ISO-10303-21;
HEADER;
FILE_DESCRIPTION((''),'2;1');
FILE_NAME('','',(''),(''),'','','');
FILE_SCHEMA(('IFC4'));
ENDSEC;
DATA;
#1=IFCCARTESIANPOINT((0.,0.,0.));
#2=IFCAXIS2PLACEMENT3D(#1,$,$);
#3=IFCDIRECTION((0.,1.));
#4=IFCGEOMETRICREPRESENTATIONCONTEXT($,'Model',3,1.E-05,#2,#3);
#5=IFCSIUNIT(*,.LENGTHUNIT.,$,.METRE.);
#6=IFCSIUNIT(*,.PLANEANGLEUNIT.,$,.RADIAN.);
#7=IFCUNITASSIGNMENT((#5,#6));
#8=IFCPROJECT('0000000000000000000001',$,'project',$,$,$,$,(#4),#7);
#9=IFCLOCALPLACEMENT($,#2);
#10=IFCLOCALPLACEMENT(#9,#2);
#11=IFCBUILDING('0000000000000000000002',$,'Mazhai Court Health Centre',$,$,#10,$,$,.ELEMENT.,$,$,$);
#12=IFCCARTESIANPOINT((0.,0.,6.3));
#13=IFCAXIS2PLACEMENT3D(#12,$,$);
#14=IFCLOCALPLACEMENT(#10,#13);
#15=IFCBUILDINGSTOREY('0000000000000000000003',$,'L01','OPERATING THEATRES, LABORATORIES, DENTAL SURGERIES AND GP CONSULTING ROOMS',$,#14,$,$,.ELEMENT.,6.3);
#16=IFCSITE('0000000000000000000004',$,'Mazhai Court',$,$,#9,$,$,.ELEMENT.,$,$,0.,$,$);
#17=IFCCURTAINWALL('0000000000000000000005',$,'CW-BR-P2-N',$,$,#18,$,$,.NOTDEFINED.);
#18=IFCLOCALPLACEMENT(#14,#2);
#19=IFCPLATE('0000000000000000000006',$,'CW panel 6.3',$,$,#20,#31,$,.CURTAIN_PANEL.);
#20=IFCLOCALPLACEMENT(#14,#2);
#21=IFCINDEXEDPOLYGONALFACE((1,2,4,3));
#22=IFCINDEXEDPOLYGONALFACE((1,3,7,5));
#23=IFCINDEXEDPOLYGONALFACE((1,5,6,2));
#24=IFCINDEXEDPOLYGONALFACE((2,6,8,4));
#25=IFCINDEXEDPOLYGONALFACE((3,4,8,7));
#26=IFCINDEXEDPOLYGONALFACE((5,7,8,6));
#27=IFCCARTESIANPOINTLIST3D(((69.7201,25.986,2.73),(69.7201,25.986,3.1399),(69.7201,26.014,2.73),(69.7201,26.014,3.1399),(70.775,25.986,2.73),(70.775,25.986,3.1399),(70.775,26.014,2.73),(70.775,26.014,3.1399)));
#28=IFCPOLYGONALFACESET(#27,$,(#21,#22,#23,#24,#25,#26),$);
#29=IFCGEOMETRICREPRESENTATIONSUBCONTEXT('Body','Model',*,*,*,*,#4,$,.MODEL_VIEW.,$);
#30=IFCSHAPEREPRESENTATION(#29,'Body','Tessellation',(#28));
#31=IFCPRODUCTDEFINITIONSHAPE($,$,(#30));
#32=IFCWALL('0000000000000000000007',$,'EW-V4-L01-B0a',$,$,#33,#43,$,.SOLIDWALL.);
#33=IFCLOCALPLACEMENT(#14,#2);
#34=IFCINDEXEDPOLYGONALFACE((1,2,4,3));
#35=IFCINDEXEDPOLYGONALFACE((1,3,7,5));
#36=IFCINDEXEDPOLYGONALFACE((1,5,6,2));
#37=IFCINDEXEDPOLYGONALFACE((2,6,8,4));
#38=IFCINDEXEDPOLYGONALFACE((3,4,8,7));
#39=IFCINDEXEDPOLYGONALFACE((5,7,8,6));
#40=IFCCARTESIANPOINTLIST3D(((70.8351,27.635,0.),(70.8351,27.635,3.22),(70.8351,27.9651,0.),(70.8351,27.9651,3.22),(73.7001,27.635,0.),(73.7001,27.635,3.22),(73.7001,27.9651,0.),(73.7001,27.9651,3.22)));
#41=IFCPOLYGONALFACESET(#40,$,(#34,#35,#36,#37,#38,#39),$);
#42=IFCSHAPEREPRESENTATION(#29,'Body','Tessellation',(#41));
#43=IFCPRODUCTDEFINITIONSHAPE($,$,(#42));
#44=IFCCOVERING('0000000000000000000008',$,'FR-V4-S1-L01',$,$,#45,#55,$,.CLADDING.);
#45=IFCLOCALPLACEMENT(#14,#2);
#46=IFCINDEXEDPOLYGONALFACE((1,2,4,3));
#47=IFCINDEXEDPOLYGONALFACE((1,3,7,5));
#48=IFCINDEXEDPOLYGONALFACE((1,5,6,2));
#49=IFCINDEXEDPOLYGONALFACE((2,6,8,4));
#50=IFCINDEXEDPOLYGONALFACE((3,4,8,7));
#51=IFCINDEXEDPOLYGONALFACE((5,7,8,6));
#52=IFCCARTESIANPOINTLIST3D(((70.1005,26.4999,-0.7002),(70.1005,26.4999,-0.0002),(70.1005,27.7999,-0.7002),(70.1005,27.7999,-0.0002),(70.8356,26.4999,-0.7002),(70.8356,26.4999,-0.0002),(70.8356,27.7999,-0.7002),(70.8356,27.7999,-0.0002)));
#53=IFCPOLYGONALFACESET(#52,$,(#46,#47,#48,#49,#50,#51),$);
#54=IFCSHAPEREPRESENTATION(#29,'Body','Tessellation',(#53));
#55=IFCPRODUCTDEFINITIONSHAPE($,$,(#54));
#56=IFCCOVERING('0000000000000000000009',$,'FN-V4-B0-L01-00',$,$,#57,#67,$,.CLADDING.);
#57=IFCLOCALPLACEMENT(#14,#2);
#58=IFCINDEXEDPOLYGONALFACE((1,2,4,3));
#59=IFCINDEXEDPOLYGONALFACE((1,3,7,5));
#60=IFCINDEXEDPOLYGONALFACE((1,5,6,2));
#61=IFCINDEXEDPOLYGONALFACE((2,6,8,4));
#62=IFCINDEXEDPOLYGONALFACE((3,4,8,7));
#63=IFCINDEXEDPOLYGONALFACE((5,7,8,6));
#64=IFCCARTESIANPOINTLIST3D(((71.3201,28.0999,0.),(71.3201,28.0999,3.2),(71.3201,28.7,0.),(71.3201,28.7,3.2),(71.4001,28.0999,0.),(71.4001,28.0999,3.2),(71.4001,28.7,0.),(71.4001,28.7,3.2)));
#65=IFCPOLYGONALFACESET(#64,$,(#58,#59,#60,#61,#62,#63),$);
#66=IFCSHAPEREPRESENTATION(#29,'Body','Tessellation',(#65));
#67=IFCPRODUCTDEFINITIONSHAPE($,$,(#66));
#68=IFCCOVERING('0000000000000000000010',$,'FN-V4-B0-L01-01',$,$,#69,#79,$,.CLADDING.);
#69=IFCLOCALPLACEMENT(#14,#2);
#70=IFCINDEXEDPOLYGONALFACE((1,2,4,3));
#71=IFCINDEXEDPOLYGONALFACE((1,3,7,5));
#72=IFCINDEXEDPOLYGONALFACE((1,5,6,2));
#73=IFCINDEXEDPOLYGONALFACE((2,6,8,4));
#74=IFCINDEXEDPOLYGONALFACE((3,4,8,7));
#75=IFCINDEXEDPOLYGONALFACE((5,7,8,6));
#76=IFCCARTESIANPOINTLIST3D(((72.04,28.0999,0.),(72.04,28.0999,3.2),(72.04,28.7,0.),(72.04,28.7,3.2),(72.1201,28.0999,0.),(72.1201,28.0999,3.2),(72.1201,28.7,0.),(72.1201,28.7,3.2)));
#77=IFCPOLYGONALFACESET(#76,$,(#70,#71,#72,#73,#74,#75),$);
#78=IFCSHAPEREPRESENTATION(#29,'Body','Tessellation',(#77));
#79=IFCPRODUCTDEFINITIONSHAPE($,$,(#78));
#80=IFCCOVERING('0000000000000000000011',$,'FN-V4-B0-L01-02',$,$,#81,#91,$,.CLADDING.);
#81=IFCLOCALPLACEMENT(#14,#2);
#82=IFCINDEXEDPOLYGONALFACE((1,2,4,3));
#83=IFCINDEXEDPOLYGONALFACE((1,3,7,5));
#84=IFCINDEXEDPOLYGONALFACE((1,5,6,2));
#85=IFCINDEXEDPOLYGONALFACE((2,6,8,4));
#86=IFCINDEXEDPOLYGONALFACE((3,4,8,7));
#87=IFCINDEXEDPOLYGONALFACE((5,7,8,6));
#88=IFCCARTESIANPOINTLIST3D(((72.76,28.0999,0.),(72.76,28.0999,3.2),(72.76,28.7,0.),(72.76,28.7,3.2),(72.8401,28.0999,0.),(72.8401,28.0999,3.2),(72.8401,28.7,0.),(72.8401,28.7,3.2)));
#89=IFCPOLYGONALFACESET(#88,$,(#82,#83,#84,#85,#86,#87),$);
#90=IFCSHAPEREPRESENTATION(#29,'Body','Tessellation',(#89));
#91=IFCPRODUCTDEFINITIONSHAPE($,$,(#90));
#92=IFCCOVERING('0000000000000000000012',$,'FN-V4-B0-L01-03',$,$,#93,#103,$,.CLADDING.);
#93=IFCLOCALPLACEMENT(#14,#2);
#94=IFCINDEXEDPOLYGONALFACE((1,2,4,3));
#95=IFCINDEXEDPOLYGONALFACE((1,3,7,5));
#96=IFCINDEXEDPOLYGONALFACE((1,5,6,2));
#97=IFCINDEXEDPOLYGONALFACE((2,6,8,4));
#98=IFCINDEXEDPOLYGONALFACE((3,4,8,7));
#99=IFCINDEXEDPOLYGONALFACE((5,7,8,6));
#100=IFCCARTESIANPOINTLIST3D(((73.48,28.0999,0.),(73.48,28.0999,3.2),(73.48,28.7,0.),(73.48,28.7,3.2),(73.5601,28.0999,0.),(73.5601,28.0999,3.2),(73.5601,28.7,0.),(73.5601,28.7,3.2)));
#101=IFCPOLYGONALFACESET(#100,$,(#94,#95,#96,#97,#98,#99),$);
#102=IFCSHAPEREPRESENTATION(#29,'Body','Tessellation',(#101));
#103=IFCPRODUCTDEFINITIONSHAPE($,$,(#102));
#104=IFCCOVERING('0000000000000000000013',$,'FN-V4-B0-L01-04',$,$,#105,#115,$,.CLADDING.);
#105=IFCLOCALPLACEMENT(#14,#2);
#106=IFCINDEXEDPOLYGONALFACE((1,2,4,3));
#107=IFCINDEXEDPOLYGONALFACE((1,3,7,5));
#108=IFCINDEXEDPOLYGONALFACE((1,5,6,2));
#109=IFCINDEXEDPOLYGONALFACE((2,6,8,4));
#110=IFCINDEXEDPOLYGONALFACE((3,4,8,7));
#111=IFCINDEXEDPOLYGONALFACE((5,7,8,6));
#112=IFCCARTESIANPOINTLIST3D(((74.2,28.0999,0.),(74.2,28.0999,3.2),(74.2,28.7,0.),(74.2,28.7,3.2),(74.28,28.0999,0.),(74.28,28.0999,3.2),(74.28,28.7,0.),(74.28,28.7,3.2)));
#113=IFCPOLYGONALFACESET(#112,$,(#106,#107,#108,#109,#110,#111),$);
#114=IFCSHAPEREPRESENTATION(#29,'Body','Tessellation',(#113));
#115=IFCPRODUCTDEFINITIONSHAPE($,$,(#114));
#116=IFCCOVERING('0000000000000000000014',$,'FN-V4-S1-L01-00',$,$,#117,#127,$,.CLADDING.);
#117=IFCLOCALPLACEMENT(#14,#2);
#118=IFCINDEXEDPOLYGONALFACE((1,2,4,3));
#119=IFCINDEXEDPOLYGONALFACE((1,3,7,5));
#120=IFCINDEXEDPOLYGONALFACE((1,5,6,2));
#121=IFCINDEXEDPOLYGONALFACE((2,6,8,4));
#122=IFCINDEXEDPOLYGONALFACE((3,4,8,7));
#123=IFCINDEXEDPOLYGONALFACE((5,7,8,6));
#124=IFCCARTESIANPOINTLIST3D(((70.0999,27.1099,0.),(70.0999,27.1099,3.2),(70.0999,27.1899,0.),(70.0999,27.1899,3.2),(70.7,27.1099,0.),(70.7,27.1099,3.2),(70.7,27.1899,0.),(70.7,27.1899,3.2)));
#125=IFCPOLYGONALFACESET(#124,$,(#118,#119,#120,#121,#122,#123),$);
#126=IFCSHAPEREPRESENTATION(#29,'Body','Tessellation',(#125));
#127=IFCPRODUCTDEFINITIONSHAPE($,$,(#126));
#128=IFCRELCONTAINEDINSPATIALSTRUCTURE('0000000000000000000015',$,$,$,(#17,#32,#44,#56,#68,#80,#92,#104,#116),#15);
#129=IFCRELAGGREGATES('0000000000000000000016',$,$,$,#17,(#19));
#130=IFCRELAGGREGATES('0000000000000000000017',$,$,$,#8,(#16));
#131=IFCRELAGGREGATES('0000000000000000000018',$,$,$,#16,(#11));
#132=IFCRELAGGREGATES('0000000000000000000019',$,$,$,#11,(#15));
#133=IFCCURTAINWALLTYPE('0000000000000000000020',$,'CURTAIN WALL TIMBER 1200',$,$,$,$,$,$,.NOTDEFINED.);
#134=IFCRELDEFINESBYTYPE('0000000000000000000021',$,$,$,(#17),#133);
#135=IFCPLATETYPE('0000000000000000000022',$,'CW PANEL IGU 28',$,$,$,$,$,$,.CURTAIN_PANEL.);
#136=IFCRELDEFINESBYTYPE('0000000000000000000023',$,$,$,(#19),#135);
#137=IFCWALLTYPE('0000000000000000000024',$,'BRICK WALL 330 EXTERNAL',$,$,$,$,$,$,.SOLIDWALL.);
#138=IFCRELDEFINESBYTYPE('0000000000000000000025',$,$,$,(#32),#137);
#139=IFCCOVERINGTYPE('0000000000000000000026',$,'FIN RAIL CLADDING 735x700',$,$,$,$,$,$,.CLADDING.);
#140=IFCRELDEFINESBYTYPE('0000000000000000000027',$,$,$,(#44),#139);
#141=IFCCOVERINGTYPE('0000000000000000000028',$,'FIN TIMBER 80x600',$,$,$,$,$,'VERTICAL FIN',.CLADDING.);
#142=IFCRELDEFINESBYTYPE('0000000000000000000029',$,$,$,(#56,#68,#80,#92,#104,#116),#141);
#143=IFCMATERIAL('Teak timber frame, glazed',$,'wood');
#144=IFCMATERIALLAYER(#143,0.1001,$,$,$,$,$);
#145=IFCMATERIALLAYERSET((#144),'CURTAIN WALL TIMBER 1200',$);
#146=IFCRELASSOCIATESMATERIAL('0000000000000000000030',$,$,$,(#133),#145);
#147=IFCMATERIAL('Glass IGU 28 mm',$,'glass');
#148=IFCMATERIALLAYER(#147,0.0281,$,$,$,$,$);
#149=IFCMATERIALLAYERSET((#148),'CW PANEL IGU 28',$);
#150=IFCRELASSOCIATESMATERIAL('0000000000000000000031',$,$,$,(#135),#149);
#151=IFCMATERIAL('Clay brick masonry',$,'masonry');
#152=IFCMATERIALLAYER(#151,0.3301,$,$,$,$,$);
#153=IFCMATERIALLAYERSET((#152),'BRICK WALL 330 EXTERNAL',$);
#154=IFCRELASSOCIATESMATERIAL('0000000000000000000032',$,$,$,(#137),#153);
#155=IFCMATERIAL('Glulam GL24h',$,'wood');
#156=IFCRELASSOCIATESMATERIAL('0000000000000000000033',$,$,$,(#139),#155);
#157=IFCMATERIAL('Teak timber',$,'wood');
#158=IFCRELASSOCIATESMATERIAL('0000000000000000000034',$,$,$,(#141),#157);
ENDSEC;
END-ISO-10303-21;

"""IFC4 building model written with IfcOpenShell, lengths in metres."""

from ifc_helpers import new_model, si_unit, direction, frame, frame_2d, origin, origin_2d, place, context, subcontext, project, spatial, rectangle, extrude, material, layer, layer_set, type_object, element, aggregate, save


model = new_model("IFC4")

# Units and contexts
model_context = context("Model", 3, precision=1e-05, world=origin(), true_north=direction((0.0, 1.0)))
body_context = subcontext(model_context, "Body", "Model", "MODEL_VIEW")
ifc_project = project(units=[si_unit("LENGTHUNIT", "METRE"), si_unit("PLANEANGLEUNIT", "RADIAN")], contexts=[model_context])

# Site, building, storey
site_placement = place(None, origin())
site = spatial("IfcSite", under=ifc_project, at=site_placement, Name="Mazhai Court", CompositionType="ELEMENT", RefElevation=0.0)
building_placement = place(site_placement, origin())
building = spatial("IfcBuilding", under=site, at=building_placement, Name="Mazhai Court Health Centre", CompositionType="ELEMENT")
storey_placement = place(building_placement, frame((0.0, 0.0, 6.3)))
storey = spatial("IfcBuildingStorey", under=building, at=storey_placement, Name="L01", Description="OPERATING THEATRES, LABORATORIES, DENTAL SURGERIES AND GP CONSULTING ROOMS", CompositionType="ELEMENT", Elevation=6.3)

# Curtain wall
ifc_material_1 = material(Name="Teak timber frame, glazed", Category="wood")
ifc_layer_1 = layer(ifc_material_1, 0.1001)
ifc_layer_set_1 = layer_set([ifc_layer_1], Name="CURTAIN WALL TIMBER 1200")
curtain_wall_type_1 = type_object("IfcCurtainWallType", Name="CURTAIN WALL TIMBER 1200", PredefinedType="NOTDEFINED", material=ifc_layer_set_1)
curtain_wall_1_placement = place(storey_placement, origin())
curtain_wall_1 = element("IfcCurtainWall", 1, at=curtain_wall_1_placement, inside=storey, type_object=curtain_wall_type_1, Name="CW-BR-P2-N", PredefinedType="NOTDEFINED")

# Plate
ifc_material_2 = material(Name="Glass IGU 28 mm", Category="glass")
ifc_layer_2 = layer(ifc_material_2, 0.0281)
ifc_layer_set_2 = layer_set([ifc_layer_2], Name="CW PANEL IGU 28")
plate_type = type_object("IfcPlateType", Name="CW PANEL IGU 28", PredefinedType="CURTAIN_PANEL", material=ifc_layer_set_2)
plate_1_placement = place(storey_placement, frame((70.2476, 26.0, 2.73), z_axis=(0.0, 0.0, 1.0), x_axis=(1.0, 0.0, 0.0)))
plate_1 = element("IfcPlate", 2, at=plate_1_placement, type_object=plate_type, Name="CW panel 6.3", PredefinedType="CURTAIN_PANEL", context=body_context, shape_type="SweptSolid", body=[
    extrude(rectangle(XDim=1.0549, YDim=0.0281, at=origin_2d()), origin(), (0.0, 0.0, 1.0), 0.4099),
])
aggregate(curtain_wall_1, [plate_1])

# Wall
ifc_material_3 = material(Name="Clay brick masonry", Category="masonry")
ifc_layer_3 = layer(ifc_material_3, 0.3301)
ifc_layer_set_3 = layer_set([ifc_layer_3], Name="BRICK WALL 330 EXTERNAL")
wall_type = type_object("IfcWallType", Name="BRICK WALL 330 EXTERNAL", PredefinedType="SOLIDWALL", material=ifc_layer_set_3)
wall_placement = place(storey_placement, frame((70.835, 27.8, 0.0), z_axis=(0.0, 0.0, 1.0), x_axis=(1.0, 0.0, 0.0)))
element("IfcWall", 3, at=wall_placement, inside=storey, type_object=wall_type, Name="EW-V4-L01-B0a", PredefinedType="SOLIDWALL", context=body_context, shape_type="SweptSolid", body=[
    extrude(rectangle(XDim=2.865, YDim=0.3301, at=frame_2d((1.4326, 0.0))), origin(), (0.0, 0.0, 1.0), 3.22),
])

# Coverings
ifc_material_4 = material(Name="Glulam GL24h", Category="wood")
covering_type_1 = type_object("IfcCoveringType", Name="FIN RAIL CLADDING 735x700", PredefinedType="CLADDING", material=ifc_material_4)
covering_placement = place(storey_placement, frame((70.468, 27.1499, -0.7002), z_axis=(0.0, 0.0, 1.0), x_axis=(1.0, 0.0, 0.0)))
element("IfcCovering", 4, at=covering_placement, inside=storey, type_object=covering_type_1, Name="FR-V4-S1-L01", PredefinedType="CLADDING", context=body_context, shape_type="SweptSolid", body=[
    extrude(rectangle(XDim=0.7351, YDim=1.3, at=origin_2d()), origin(), (0.0, 0.0, 1.0), 0.7),
])
ifc_material_5 = material(Name="Teak timber", Category="wood")
covering_type_2 = type_object("IfcCoveringType", Name="FIN TIMBER 80x600", ElementType="VERTICAL FIN", PredefinedType="CLADDING", material=ifc_material_5)
for number, where, z_axis, x_axis, name in (
    (5, (71.3601, 28.3999, 0.0), (0.0, 0.0, 1.0), (1.0, 0.0, 0.0), "FN-V4-B0-L01-00"),
    (6, (72.0801, 28.3999, 0.0), (0.0, 0.0, 1.0), (1.0, 0.0, 0.0), "FN-V4-B0-L01-01"),
    (7, (72.8, 28.3999, 0.0), (0.0, 0.0, 1.0), (1.0, 0.0, 0.0), "FN-V4-B0-L01-02"),
    (8, (73.52, 28.3999, 0.0), (0.0, 0.0, 1.0), (1.0, 0.0, 0.0), "FN-V4-B0-L01-03"),
    (9, (74.24, 28.3999, 0.0), (0.0, 0.0, 1.0), (1.0, 0.0, 0.0), "FN-V4-B0-L01-04"),
    (10, (70.3999, 27.1499, 0.0), (0.0, 0.0, 1.0), (0.0, 1.0, 0.0), "FN-V4-S1-L01-00"),
):
    element("IfcCovering", number, at=place(storey_placement, frame(where, z_axis=z_axis, x_axis=x_axis)), inside=storey, type_object=covering_type_2, Name=name, PredefinedType="CLADDING", context=body_context, shape_type="SweptSolid", body=[
        extrude(rectangle(XDim=0.0801, YDim=0.6001, at=origin_2d()), origin(), (0.0, 0.0, 1.0), 3.2),
    ])

save(model, "model.ifc")
